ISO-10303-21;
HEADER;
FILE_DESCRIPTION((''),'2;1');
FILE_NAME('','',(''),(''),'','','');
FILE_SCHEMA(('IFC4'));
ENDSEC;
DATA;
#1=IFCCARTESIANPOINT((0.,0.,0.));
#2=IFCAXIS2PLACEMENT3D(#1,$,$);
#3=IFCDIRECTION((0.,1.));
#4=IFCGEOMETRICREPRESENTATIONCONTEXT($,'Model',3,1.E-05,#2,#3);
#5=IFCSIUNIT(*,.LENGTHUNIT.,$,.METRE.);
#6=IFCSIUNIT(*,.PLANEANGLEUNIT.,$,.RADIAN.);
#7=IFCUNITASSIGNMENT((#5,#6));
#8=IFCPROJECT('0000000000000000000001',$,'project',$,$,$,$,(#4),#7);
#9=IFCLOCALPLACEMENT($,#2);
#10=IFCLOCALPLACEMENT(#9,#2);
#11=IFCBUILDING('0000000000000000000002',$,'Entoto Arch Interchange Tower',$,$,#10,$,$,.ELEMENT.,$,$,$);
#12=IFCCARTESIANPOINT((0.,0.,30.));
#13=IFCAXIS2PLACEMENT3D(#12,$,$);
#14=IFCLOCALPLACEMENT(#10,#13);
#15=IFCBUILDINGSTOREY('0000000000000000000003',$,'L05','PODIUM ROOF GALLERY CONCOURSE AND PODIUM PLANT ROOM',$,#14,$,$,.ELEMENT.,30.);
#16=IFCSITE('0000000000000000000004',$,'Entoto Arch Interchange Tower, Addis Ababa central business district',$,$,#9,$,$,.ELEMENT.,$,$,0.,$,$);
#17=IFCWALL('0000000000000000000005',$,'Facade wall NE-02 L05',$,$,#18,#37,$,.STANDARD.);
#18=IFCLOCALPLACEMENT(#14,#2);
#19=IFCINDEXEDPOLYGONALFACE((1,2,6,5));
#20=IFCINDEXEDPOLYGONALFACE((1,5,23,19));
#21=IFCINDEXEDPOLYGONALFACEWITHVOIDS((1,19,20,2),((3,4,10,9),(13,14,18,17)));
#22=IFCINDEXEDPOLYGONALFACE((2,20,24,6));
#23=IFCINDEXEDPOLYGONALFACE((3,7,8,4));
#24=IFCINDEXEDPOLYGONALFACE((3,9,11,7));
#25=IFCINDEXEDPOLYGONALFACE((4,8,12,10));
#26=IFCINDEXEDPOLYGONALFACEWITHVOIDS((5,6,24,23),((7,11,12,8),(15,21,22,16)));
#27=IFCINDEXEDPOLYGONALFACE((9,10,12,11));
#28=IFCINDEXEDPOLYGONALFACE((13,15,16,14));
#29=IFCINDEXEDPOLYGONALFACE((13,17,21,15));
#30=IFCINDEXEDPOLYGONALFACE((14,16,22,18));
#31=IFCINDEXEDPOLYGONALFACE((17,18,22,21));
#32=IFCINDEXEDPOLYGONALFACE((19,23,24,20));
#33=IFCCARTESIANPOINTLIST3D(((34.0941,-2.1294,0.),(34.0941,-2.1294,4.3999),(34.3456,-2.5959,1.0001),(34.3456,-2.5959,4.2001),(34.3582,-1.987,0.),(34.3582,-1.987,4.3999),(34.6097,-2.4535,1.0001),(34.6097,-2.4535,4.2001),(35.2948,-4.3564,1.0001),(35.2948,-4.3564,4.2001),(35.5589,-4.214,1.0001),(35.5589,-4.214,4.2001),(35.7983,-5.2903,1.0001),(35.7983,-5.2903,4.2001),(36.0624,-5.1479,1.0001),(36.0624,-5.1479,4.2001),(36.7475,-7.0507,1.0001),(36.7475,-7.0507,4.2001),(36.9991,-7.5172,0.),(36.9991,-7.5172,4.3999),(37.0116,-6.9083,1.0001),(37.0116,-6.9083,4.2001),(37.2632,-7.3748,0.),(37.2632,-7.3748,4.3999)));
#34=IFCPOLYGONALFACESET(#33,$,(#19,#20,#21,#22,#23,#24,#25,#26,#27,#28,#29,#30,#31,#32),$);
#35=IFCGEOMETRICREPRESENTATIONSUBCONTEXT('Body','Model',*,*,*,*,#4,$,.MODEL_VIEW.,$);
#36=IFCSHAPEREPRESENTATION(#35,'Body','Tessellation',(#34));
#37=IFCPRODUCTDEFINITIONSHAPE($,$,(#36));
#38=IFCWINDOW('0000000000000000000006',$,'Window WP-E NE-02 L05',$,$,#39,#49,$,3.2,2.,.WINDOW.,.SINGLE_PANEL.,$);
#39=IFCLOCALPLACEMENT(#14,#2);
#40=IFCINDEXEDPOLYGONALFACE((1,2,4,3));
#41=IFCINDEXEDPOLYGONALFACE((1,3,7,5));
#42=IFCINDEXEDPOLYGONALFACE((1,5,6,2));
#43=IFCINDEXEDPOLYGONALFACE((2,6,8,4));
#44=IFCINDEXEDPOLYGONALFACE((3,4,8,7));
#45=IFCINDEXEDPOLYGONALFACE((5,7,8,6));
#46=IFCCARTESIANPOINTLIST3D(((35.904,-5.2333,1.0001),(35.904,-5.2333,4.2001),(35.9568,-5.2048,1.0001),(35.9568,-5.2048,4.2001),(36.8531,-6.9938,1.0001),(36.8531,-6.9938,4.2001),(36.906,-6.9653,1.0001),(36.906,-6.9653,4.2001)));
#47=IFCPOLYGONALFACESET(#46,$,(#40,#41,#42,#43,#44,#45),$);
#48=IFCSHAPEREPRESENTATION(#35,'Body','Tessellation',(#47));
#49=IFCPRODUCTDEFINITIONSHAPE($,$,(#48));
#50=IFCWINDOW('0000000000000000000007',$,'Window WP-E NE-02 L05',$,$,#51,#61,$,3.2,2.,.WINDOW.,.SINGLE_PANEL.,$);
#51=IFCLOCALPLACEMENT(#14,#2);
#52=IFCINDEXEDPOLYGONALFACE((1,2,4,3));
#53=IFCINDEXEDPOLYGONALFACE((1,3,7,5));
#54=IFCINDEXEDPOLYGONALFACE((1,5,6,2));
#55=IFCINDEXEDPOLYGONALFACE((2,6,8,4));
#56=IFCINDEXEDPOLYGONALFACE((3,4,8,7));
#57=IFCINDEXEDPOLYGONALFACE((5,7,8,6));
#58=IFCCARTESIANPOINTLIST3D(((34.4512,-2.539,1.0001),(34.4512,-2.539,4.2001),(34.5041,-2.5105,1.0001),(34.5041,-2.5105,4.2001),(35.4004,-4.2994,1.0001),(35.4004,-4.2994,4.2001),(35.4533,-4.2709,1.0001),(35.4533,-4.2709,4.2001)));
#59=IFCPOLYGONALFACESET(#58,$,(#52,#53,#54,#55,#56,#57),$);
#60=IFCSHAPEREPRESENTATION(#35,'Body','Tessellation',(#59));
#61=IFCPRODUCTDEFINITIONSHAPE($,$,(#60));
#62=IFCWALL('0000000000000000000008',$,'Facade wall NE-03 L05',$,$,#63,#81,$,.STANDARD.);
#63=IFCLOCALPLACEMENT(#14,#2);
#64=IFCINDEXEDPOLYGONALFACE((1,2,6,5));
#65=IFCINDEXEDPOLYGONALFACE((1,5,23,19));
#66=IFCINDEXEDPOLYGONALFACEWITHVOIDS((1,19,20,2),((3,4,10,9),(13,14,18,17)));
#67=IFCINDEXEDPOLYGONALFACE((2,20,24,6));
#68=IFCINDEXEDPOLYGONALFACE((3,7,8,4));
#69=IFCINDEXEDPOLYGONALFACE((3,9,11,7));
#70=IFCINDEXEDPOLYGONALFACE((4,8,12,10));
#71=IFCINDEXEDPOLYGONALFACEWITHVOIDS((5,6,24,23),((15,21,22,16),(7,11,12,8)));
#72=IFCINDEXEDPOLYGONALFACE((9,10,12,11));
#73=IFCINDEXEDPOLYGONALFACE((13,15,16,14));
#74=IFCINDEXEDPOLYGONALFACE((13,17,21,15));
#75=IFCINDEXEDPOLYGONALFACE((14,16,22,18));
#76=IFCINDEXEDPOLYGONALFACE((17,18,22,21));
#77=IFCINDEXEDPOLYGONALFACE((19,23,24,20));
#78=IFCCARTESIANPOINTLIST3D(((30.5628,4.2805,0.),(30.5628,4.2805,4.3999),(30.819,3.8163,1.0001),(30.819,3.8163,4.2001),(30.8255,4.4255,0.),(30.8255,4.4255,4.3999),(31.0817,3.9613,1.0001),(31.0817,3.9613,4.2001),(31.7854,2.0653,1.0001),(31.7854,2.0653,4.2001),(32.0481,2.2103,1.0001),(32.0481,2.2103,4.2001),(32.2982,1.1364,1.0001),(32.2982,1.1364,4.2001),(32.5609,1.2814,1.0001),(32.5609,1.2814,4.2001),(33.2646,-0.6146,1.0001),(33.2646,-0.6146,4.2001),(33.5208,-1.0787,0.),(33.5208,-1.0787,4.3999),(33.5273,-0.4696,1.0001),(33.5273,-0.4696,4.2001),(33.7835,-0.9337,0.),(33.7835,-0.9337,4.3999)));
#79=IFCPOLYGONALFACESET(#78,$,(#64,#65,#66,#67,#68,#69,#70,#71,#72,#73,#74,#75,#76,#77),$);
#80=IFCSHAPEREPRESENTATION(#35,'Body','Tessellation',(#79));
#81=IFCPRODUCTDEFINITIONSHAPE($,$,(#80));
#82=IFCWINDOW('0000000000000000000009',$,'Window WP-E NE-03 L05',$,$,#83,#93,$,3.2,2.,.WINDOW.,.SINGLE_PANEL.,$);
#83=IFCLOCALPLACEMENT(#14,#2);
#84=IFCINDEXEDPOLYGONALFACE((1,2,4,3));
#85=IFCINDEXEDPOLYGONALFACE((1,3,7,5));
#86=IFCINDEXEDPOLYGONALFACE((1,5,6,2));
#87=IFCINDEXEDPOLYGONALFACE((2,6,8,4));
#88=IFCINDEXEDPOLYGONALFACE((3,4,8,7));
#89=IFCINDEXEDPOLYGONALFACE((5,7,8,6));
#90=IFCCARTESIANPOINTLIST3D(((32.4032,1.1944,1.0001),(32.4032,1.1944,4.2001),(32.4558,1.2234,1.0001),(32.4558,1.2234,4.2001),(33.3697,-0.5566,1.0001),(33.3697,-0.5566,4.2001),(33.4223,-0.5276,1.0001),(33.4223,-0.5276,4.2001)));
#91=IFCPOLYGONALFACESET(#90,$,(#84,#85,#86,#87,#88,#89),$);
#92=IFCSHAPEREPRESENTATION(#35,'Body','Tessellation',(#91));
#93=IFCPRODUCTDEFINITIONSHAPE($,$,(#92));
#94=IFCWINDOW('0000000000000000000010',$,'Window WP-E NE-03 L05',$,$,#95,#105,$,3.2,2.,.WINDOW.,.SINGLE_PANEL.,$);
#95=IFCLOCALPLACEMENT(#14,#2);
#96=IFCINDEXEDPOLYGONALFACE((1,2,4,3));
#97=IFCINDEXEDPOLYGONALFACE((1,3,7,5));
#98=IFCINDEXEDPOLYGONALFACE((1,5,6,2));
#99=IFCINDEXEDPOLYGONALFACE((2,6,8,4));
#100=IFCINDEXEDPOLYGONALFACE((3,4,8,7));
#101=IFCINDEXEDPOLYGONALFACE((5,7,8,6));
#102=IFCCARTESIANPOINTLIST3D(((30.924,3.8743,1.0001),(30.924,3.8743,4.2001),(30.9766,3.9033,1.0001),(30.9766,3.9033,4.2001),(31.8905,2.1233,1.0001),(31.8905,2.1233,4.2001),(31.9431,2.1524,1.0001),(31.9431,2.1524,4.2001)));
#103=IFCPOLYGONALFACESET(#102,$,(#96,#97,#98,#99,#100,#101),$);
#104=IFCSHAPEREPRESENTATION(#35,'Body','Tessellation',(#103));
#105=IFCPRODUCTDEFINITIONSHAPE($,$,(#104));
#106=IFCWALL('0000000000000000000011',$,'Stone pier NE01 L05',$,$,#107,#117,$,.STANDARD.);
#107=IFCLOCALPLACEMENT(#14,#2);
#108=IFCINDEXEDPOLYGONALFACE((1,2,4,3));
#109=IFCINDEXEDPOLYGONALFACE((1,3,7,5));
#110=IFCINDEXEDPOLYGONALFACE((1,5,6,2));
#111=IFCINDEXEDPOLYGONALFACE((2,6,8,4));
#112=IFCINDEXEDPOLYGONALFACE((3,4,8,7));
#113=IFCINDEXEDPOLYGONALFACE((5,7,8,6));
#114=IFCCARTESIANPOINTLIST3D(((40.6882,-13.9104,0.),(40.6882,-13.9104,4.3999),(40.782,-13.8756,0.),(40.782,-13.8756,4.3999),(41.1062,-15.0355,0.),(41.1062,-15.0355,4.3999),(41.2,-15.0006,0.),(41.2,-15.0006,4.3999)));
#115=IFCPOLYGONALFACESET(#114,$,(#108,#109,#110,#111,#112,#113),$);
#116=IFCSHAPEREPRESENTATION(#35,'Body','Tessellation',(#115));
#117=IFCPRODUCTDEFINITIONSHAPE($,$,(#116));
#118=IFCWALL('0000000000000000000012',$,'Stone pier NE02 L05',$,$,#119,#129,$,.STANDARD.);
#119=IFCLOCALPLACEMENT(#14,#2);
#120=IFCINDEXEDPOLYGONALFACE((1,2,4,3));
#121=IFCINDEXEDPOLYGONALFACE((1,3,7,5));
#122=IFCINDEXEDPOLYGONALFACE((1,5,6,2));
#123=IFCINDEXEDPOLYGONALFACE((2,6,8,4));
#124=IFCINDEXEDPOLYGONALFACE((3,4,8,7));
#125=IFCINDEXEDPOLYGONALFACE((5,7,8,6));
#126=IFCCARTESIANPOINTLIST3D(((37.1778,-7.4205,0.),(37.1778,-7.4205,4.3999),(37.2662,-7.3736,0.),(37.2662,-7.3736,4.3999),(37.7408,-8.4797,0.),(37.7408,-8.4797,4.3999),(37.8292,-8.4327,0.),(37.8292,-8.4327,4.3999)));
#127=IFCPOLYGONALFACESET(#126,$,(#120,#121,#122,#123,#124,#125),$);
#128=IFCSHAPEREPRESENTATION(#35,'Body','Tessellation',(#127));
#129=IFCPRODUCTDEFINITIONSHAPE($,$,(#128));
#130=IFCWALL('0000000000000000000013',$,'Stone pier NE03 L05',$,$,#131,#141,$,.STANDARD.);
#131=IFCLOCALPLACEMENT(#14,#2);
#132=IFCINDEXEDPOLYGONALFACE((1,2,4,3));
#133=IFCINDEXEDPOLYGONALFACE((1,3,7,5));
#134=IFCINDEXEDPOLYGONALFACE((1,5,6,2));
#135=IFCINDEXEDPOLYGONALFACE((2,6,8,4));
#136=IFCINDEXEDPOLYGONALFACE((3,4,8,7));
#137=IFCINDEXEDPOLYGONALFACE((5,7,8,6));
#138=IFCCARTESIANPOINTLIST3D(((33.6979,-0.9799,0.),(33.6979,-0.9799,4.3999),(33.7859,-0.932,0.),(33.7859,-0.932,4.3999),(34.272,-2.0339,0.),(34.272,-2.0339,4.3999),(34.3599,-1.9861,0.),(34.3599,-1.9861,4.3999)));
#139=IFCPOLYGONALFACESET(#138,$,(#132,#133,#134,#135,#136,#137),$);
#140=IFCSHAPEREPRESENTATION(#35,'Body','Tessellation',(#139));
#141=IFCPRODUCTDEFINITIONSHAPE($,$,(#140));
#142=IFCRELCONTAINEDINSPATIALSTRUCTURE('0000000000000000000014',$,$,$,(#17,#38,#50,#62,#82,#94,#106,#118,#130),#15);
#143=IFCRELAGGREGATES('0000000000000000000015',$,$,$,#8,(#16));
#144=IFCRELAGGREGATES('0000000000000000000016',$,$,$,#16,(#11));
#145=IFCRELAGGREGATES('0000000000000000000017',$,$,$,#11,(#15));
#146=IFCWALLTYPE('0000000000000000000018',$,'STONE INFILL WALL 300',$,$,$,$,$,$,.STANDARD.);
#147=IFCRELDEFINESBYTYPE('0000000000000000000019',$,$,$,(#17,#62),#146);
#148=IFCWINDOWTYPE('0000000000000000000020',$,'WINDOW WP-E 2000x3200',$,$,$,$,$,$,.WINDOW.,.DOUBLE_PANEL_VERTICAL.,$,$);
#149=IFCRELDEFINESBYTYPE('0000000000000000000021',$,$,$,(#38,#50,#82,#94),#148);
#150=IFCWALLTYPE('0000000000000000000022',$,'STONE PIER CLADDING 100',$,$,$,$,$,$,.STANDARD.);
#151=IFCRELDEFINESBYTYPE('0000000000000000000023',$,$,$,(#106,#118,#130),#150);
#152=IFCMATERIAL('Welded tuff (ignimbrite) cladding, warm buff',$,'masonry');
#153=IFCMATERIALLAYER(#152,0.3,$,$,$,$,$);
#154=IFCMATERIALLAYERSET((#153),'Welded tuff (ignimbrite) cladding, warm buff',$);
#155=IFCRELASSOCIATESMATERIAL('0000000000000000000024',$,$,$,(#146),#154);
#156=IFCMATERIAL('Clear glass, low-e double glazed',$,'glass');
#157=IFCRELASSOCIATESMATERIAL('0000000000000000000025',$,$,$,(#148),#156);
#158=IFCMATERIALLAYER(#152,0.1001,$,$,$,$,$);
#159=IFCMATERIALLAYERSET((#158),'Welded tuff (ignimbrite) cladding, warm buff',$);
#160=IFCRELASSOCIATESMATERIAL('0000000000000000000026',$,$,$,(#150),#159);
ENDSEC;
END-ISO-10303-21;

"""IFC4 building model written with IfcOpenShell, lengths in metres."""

from ifc_helpers import new_model, si_unit, direction, frame, frame_2d, origin, place, context, subcontext, project, spatial, rectangle, extrude, material, layer, layer_set, type_object, element, fill, save


model = new_model("IFC4")

# Units and contexts
model_context = context("Model", 3, precision=1e-05, world=origin(), true_north=direction((0.0, 1.0)))
body_context = subcontext(model_context, "Body", "Model", "MODEL_VIEW")
ifc_project = project(units=[si_unit("LENGTHUNIT", "METRE"), si_unit("PLANEANGLEUNIT", "RADIAN")], contexts=[model_context])

# Site, building, storey
site_placement = place(None, origin())
site = spatial("IfcSite", under=ifc_project, at=site_placement, Name="Entoto Arch Interchange Tower, Addis Ababa central business district", CompositionType="ELEMENT", RefElevation=0.0)
building_placement = place(site_placement, origin())
building = spatial("IfcBuilding", under=site, at=building_placement, Name="Entoto Arch Interchange Tower", CompositionType="ELEMENT")
storey_placement = place(building_placement, frame((0.0, 0.0, 30.0)))
storey = spatial("IfcBuildingStorey", under=building, at=storey_placement, Name="L05", Description="PODIUM ROOF GALLERY CONCOURSE AND PODIUM PLANT ROOM", CompositionType="ELEMENT", Elevation=30.0)

# Shared definitions
ifc_material_1 = material(Name="Welded tuff (ignimbrite) cladding, warm buff", Category="masonry")
ifc_layer_1 = layer(ifc_material_1, 0.3)
ifc_layer_set_1 = layer_set([ifc_layer_1], Name="Welded tuff (ignimbrite) cladding, warm buff")
wall_type_1 = type_object("IfcWallType", Name="STONE INFILL WALL 300", PredefinedType="STANDARD", material=ifc_layer_set_1)
ifc_material_2 = material(Name="Clear glass, low-e double glazed", Category="glass")

# Walls, openings, windows
window_type_1 = type_object("IfcWindowType", Name="WINDOW WP-E 2000x3200", PartitioningType="DOUBLE_PANEL_VERTICAL", PredefinedType="WINDOW", material=ifc_material_2)
wall_1_placement = place(storey_placement, frame((37.1311, -7.446, 0.0), z_axis=(0.0, 0.0, 1.0), x_axis=(-0.474585, 0.88021, 0.0)))
wall_1 = element("IfcWall", 1, at=wall_1_placement, inside=storey, type_object=wall_type_1, Name="Facade wall NE-02 L05", PredefinedType="STANDARD", context=body_context, shape_type="SweptSolid", body=[
    extrude(rectangle(XDim=6.1211, YDim=0.3, at=frame_2d((3.0605, 0.0))), origin(), (0.0, 0.0, 1.0), 4.3999),
])
opening_1_placement = place(wall_1_placement, frame((0.53, 0.0, 1.0)))
opening_1 = element("IfcOpeningElement", 2, at=opening_1_placement, cuts=wall_1, PredefinedType="OPENING", context=body_context, shape_type="SweptSolid", body=[
    extrude(rectangle(XDim=2.0, YDim=3.2, at=frame_2d((1.0, 1.6001))), frame((0.0, 0.1602, 0.0), z_axis=(0.0, -1.0, 0.0), x_axis=(1.0, 0.0, 0.0)), (0.0, 0.0, 1.0), 0.3201),
])
opening_2_placement = place(wall_1_placement, frame((3.5911, 0.0, 1.0)))
opening_2 = element("IfcOpeningElement", 3, at=opening_2_placement, cuts=wall_1, PredefinedType="OPENING", context=body_context, shape_type="SweptSolid", body=[
    extrude(rectangle(XDim=2.0, YDim=3.2, at=frame_2d((1.0, 1.6001))), frame((0.0, 0.1602, 0.0), z_axis=(0.0, -1.0, 0.0), x_axis=(1.0, 0.0, 0.0)), (0.0, 0.0, 1.0), 0.3201),
])
window_1_placement = place(opening_1_placement, origin())
window_1 = element("IfcWindow", 4, at=window_1_placement, inside=storey, type_object=window_type_1, Name="Window WP-E NE-02 L05", OverallHeight=3.2, OverallWidth=2.0, PartitioningType="SINGLE_PANEL", PredefinedType="WINDOW", context=body_context, shape_type="SweptSolid", body=[
    extrude(rectangle(XDim=2.0, YDim=3.2, at=frame_2d((1.0, 1.6001))), frame((0.0, 0.03, 0.0), z_axis=(0.0, -1.0, 0.0), x_axis=(1.0, 0.0, 0.0)), (0.0, 0.0, 1.0), 0.0601),
])
fill(opening_1, window_1)
window_2_placement = place(opening_2_placement, origin())
window_2 = element("IfcWindow", 5, at=window_2_placement, inside=storey, type_object=window_type_1, Name="Window WP-E NE-02 L05", OverallHeight=3.2, OverallWidth=2.0, PartitioningType="SINGLE_PANEL", PredefinedType="WINDOW", context=body_context, shape_type="SweptSolid", body=[
    extrude(rectangle(XDim=2.0, YDim=3.2, at=frame_2d((1.0, 1.6001))), frame((0.0, 0.03, 0.0), z_axis=(0.0, -1.0, 0.0), x_axis=(1.0, 0.0, 0.0)), (0.0, 0.0, 1.0), 0.0601),
])
fill(opening_2, window_2)
wall_2_placement = place(storey_placement, frame((33.6521, -1.0061, 0.0), z_axis=(0.0, 0.0, 1.0), x_axis=(-0.483233, 0.875492, 0.0)))
wall_2 = element("IfcWall", 6, at=wall_2_placement, inside=storey, type_object=wall_type_1, Name="Facade wall NE-03 L05", PredefinedType="STANDARD", context=body_context, shape_type="SweptSolid", body=[
    extrude(rectangle(XDim=6.1213, YDim=0.3, at=frame_2d((3.0605, 0.0))), origin(), (0.0, 0.0, 1.0), 4.3999),
])
opening_3_placement = place(wall_2_placement, frame((0.53, 0.0, 1.0)))
opening_3 = element("IfcOpeningElement", 7, at=opening_3_placement, cuts=wall_2, PredefinedType="OPENING", context=body_context, shape_type="SweptSolid", body=[
    extrude(rectangle(XDim=2.0, YDim=3.2, at=frame_2d((1.0, 1.6001))), frame((0.0, 0.1602, 0.0), z_axis=(0.0, -1.0, 0.0), x_axis=(1.0, 0.0, 0.0)), (0.0, 0.0, 1.0), 0.3201),
])
opening_4_placement = place(wall_2_placement, frame((3.5911, 0.0, 1.0)))
opening_4 = element("IfcOpeningElement", 8, at=opening_4_placement, cuts=wall_2, PredefinedType="OPENING", context=body_context, shape_type="SweptSolid", body=[
    extrude(rectangle(XDim=2.0, YDim=3.2, at=frame_2d((1.0, 1.6001))), frame((0.0, 0.1602, 0.0), z_axis=(0.0, -1.0, 0.0), x_axis=(1.0, 0.0, 0.0)), (0.0, 0.0, 1.0), 0.3201),
])
window_3_placement = place(opening_3_placement, origin())
window_3 = element("IfcWindow", 9, at=window_3_placement, inside=storey, type_object=window_type_1, Name="Window WP-E NE-03 L05", OverallHeight=3.2, OverallWidth=2.0, PartitioningType="SINGLE_PANEL", PredefinedType="WINDOW", context=body_context, shape_type="SweptSolid", body=[
    extrude(rectangle(XDim=2.0, YDim=3.2, at=frame_2d((1.0, 1.6001))), frame((0.0, 0.03, 0.0), z_axis=(0.0, -1.0, 0.0), x_axis=(1.0, 0.0, 0.0)), (0.0, 0.0, 1.0), 0.0601),
])
fill(opening_3, window_3)
window_4_placement = place(opening_4_placement, origin())
window_4 = element("IfcWindow", 10, at=window_4_placement, inside=storey, type_object=window_type_1, Name="Window WP-E NE-03 L05", OverallHeight=3.2, OverallWidth=2.0, PartitioningType="SINGLE_PANEL", PredefinedType="WINDOW", context=body_context, shape_type="SweptSolid", body=[
    extrude(rectangle(XDim=2.0, YDim=3.2, at=frame_2d((1.0, 1.6001))), frame((0.0, 0.03, 0.0), z_axis=(0.0, -1.0, 0.0), x_axis=(1.0, 0.0, 0.0)), (0.0, 0.0, 1.0), 0.0601),
])
fill(opening_4, window_4)

# Walls
ifc_layer_2 = layer(ifc_material_1, 0.1001)
ifc_layer_set_2 = layer_set([ifc_layer_2], Name="Welded tuff (ignimbrite) cladding, warm buff")
wall_type_2 = type_object("IfcWallType", Name="STONE PIER CLADDING 100", PredefinedType="STANDARD", material=ifc_layer_set_2)
wall_3_placement = place(storey_placement, frame((41.1531, -15.0181, 0.0), z_axis=(0.0, 0.0, 1.0), x_axis=(-0.348268, 0.937395, 0.0)))
element("IfcWall", 11, at=wall_3_placement, inside=storey, type_object=wall_type_2, Name="Stone pier NE01 L05", PredefinedType="STANDARD", context=body_context, shape_type="SweptSolid", body=[
    extrude(rectangle(XDim=1.2002, YDim=0.1001, at=frame_2d((0.6001, 0.0))), origin(), (0.0, 0.0, 1.0), 4.3999),
])
wall_4_placement = place(storey_placement, frame((37.7849, -8.4561, 0.0), z_axis=(0.0, 0.0, 1.0), x_axis=(-0.469383, 0.882994, 0.0)))
element("IfcWall", 12, at=wall_4_placement, inside=storey, type_object=wall_type_2, Name="Stone pier NE02 L05", PredefinedType="STANDARD", context=body_context, shape_type="SweptSolid", body=[
    extrude(rectangle(XDim=1.1995, YDim=0.1001, at=frame_2d((0.5996, 0.0))), origin(), (0.0, 0.0, 1.0), 4.3999),
])
wall_5_placement = place(storey_placement, frame((34.3159, -2.01, 0.0), z_axis=(0.0, 0.0, 1.0), x_axis=(-0.478268, 0.878214, 0.0)))
element("IfcWall", 13, at=wall_5_placement, inside=storey, type_object=wall_type_2, Name="Stone pier NE03 L05", PredefinedType="STANDARD", context=body_context, shape_type="SweptSolid", body=[
    extrude(rectangle(XDim=1.2002, YDim=0.1001, at=frame_2d((0.6001, 0.0))), origin(), (0.0, 0.0, 1.0), 4.3999),
])

save(model, "model.ifc")
